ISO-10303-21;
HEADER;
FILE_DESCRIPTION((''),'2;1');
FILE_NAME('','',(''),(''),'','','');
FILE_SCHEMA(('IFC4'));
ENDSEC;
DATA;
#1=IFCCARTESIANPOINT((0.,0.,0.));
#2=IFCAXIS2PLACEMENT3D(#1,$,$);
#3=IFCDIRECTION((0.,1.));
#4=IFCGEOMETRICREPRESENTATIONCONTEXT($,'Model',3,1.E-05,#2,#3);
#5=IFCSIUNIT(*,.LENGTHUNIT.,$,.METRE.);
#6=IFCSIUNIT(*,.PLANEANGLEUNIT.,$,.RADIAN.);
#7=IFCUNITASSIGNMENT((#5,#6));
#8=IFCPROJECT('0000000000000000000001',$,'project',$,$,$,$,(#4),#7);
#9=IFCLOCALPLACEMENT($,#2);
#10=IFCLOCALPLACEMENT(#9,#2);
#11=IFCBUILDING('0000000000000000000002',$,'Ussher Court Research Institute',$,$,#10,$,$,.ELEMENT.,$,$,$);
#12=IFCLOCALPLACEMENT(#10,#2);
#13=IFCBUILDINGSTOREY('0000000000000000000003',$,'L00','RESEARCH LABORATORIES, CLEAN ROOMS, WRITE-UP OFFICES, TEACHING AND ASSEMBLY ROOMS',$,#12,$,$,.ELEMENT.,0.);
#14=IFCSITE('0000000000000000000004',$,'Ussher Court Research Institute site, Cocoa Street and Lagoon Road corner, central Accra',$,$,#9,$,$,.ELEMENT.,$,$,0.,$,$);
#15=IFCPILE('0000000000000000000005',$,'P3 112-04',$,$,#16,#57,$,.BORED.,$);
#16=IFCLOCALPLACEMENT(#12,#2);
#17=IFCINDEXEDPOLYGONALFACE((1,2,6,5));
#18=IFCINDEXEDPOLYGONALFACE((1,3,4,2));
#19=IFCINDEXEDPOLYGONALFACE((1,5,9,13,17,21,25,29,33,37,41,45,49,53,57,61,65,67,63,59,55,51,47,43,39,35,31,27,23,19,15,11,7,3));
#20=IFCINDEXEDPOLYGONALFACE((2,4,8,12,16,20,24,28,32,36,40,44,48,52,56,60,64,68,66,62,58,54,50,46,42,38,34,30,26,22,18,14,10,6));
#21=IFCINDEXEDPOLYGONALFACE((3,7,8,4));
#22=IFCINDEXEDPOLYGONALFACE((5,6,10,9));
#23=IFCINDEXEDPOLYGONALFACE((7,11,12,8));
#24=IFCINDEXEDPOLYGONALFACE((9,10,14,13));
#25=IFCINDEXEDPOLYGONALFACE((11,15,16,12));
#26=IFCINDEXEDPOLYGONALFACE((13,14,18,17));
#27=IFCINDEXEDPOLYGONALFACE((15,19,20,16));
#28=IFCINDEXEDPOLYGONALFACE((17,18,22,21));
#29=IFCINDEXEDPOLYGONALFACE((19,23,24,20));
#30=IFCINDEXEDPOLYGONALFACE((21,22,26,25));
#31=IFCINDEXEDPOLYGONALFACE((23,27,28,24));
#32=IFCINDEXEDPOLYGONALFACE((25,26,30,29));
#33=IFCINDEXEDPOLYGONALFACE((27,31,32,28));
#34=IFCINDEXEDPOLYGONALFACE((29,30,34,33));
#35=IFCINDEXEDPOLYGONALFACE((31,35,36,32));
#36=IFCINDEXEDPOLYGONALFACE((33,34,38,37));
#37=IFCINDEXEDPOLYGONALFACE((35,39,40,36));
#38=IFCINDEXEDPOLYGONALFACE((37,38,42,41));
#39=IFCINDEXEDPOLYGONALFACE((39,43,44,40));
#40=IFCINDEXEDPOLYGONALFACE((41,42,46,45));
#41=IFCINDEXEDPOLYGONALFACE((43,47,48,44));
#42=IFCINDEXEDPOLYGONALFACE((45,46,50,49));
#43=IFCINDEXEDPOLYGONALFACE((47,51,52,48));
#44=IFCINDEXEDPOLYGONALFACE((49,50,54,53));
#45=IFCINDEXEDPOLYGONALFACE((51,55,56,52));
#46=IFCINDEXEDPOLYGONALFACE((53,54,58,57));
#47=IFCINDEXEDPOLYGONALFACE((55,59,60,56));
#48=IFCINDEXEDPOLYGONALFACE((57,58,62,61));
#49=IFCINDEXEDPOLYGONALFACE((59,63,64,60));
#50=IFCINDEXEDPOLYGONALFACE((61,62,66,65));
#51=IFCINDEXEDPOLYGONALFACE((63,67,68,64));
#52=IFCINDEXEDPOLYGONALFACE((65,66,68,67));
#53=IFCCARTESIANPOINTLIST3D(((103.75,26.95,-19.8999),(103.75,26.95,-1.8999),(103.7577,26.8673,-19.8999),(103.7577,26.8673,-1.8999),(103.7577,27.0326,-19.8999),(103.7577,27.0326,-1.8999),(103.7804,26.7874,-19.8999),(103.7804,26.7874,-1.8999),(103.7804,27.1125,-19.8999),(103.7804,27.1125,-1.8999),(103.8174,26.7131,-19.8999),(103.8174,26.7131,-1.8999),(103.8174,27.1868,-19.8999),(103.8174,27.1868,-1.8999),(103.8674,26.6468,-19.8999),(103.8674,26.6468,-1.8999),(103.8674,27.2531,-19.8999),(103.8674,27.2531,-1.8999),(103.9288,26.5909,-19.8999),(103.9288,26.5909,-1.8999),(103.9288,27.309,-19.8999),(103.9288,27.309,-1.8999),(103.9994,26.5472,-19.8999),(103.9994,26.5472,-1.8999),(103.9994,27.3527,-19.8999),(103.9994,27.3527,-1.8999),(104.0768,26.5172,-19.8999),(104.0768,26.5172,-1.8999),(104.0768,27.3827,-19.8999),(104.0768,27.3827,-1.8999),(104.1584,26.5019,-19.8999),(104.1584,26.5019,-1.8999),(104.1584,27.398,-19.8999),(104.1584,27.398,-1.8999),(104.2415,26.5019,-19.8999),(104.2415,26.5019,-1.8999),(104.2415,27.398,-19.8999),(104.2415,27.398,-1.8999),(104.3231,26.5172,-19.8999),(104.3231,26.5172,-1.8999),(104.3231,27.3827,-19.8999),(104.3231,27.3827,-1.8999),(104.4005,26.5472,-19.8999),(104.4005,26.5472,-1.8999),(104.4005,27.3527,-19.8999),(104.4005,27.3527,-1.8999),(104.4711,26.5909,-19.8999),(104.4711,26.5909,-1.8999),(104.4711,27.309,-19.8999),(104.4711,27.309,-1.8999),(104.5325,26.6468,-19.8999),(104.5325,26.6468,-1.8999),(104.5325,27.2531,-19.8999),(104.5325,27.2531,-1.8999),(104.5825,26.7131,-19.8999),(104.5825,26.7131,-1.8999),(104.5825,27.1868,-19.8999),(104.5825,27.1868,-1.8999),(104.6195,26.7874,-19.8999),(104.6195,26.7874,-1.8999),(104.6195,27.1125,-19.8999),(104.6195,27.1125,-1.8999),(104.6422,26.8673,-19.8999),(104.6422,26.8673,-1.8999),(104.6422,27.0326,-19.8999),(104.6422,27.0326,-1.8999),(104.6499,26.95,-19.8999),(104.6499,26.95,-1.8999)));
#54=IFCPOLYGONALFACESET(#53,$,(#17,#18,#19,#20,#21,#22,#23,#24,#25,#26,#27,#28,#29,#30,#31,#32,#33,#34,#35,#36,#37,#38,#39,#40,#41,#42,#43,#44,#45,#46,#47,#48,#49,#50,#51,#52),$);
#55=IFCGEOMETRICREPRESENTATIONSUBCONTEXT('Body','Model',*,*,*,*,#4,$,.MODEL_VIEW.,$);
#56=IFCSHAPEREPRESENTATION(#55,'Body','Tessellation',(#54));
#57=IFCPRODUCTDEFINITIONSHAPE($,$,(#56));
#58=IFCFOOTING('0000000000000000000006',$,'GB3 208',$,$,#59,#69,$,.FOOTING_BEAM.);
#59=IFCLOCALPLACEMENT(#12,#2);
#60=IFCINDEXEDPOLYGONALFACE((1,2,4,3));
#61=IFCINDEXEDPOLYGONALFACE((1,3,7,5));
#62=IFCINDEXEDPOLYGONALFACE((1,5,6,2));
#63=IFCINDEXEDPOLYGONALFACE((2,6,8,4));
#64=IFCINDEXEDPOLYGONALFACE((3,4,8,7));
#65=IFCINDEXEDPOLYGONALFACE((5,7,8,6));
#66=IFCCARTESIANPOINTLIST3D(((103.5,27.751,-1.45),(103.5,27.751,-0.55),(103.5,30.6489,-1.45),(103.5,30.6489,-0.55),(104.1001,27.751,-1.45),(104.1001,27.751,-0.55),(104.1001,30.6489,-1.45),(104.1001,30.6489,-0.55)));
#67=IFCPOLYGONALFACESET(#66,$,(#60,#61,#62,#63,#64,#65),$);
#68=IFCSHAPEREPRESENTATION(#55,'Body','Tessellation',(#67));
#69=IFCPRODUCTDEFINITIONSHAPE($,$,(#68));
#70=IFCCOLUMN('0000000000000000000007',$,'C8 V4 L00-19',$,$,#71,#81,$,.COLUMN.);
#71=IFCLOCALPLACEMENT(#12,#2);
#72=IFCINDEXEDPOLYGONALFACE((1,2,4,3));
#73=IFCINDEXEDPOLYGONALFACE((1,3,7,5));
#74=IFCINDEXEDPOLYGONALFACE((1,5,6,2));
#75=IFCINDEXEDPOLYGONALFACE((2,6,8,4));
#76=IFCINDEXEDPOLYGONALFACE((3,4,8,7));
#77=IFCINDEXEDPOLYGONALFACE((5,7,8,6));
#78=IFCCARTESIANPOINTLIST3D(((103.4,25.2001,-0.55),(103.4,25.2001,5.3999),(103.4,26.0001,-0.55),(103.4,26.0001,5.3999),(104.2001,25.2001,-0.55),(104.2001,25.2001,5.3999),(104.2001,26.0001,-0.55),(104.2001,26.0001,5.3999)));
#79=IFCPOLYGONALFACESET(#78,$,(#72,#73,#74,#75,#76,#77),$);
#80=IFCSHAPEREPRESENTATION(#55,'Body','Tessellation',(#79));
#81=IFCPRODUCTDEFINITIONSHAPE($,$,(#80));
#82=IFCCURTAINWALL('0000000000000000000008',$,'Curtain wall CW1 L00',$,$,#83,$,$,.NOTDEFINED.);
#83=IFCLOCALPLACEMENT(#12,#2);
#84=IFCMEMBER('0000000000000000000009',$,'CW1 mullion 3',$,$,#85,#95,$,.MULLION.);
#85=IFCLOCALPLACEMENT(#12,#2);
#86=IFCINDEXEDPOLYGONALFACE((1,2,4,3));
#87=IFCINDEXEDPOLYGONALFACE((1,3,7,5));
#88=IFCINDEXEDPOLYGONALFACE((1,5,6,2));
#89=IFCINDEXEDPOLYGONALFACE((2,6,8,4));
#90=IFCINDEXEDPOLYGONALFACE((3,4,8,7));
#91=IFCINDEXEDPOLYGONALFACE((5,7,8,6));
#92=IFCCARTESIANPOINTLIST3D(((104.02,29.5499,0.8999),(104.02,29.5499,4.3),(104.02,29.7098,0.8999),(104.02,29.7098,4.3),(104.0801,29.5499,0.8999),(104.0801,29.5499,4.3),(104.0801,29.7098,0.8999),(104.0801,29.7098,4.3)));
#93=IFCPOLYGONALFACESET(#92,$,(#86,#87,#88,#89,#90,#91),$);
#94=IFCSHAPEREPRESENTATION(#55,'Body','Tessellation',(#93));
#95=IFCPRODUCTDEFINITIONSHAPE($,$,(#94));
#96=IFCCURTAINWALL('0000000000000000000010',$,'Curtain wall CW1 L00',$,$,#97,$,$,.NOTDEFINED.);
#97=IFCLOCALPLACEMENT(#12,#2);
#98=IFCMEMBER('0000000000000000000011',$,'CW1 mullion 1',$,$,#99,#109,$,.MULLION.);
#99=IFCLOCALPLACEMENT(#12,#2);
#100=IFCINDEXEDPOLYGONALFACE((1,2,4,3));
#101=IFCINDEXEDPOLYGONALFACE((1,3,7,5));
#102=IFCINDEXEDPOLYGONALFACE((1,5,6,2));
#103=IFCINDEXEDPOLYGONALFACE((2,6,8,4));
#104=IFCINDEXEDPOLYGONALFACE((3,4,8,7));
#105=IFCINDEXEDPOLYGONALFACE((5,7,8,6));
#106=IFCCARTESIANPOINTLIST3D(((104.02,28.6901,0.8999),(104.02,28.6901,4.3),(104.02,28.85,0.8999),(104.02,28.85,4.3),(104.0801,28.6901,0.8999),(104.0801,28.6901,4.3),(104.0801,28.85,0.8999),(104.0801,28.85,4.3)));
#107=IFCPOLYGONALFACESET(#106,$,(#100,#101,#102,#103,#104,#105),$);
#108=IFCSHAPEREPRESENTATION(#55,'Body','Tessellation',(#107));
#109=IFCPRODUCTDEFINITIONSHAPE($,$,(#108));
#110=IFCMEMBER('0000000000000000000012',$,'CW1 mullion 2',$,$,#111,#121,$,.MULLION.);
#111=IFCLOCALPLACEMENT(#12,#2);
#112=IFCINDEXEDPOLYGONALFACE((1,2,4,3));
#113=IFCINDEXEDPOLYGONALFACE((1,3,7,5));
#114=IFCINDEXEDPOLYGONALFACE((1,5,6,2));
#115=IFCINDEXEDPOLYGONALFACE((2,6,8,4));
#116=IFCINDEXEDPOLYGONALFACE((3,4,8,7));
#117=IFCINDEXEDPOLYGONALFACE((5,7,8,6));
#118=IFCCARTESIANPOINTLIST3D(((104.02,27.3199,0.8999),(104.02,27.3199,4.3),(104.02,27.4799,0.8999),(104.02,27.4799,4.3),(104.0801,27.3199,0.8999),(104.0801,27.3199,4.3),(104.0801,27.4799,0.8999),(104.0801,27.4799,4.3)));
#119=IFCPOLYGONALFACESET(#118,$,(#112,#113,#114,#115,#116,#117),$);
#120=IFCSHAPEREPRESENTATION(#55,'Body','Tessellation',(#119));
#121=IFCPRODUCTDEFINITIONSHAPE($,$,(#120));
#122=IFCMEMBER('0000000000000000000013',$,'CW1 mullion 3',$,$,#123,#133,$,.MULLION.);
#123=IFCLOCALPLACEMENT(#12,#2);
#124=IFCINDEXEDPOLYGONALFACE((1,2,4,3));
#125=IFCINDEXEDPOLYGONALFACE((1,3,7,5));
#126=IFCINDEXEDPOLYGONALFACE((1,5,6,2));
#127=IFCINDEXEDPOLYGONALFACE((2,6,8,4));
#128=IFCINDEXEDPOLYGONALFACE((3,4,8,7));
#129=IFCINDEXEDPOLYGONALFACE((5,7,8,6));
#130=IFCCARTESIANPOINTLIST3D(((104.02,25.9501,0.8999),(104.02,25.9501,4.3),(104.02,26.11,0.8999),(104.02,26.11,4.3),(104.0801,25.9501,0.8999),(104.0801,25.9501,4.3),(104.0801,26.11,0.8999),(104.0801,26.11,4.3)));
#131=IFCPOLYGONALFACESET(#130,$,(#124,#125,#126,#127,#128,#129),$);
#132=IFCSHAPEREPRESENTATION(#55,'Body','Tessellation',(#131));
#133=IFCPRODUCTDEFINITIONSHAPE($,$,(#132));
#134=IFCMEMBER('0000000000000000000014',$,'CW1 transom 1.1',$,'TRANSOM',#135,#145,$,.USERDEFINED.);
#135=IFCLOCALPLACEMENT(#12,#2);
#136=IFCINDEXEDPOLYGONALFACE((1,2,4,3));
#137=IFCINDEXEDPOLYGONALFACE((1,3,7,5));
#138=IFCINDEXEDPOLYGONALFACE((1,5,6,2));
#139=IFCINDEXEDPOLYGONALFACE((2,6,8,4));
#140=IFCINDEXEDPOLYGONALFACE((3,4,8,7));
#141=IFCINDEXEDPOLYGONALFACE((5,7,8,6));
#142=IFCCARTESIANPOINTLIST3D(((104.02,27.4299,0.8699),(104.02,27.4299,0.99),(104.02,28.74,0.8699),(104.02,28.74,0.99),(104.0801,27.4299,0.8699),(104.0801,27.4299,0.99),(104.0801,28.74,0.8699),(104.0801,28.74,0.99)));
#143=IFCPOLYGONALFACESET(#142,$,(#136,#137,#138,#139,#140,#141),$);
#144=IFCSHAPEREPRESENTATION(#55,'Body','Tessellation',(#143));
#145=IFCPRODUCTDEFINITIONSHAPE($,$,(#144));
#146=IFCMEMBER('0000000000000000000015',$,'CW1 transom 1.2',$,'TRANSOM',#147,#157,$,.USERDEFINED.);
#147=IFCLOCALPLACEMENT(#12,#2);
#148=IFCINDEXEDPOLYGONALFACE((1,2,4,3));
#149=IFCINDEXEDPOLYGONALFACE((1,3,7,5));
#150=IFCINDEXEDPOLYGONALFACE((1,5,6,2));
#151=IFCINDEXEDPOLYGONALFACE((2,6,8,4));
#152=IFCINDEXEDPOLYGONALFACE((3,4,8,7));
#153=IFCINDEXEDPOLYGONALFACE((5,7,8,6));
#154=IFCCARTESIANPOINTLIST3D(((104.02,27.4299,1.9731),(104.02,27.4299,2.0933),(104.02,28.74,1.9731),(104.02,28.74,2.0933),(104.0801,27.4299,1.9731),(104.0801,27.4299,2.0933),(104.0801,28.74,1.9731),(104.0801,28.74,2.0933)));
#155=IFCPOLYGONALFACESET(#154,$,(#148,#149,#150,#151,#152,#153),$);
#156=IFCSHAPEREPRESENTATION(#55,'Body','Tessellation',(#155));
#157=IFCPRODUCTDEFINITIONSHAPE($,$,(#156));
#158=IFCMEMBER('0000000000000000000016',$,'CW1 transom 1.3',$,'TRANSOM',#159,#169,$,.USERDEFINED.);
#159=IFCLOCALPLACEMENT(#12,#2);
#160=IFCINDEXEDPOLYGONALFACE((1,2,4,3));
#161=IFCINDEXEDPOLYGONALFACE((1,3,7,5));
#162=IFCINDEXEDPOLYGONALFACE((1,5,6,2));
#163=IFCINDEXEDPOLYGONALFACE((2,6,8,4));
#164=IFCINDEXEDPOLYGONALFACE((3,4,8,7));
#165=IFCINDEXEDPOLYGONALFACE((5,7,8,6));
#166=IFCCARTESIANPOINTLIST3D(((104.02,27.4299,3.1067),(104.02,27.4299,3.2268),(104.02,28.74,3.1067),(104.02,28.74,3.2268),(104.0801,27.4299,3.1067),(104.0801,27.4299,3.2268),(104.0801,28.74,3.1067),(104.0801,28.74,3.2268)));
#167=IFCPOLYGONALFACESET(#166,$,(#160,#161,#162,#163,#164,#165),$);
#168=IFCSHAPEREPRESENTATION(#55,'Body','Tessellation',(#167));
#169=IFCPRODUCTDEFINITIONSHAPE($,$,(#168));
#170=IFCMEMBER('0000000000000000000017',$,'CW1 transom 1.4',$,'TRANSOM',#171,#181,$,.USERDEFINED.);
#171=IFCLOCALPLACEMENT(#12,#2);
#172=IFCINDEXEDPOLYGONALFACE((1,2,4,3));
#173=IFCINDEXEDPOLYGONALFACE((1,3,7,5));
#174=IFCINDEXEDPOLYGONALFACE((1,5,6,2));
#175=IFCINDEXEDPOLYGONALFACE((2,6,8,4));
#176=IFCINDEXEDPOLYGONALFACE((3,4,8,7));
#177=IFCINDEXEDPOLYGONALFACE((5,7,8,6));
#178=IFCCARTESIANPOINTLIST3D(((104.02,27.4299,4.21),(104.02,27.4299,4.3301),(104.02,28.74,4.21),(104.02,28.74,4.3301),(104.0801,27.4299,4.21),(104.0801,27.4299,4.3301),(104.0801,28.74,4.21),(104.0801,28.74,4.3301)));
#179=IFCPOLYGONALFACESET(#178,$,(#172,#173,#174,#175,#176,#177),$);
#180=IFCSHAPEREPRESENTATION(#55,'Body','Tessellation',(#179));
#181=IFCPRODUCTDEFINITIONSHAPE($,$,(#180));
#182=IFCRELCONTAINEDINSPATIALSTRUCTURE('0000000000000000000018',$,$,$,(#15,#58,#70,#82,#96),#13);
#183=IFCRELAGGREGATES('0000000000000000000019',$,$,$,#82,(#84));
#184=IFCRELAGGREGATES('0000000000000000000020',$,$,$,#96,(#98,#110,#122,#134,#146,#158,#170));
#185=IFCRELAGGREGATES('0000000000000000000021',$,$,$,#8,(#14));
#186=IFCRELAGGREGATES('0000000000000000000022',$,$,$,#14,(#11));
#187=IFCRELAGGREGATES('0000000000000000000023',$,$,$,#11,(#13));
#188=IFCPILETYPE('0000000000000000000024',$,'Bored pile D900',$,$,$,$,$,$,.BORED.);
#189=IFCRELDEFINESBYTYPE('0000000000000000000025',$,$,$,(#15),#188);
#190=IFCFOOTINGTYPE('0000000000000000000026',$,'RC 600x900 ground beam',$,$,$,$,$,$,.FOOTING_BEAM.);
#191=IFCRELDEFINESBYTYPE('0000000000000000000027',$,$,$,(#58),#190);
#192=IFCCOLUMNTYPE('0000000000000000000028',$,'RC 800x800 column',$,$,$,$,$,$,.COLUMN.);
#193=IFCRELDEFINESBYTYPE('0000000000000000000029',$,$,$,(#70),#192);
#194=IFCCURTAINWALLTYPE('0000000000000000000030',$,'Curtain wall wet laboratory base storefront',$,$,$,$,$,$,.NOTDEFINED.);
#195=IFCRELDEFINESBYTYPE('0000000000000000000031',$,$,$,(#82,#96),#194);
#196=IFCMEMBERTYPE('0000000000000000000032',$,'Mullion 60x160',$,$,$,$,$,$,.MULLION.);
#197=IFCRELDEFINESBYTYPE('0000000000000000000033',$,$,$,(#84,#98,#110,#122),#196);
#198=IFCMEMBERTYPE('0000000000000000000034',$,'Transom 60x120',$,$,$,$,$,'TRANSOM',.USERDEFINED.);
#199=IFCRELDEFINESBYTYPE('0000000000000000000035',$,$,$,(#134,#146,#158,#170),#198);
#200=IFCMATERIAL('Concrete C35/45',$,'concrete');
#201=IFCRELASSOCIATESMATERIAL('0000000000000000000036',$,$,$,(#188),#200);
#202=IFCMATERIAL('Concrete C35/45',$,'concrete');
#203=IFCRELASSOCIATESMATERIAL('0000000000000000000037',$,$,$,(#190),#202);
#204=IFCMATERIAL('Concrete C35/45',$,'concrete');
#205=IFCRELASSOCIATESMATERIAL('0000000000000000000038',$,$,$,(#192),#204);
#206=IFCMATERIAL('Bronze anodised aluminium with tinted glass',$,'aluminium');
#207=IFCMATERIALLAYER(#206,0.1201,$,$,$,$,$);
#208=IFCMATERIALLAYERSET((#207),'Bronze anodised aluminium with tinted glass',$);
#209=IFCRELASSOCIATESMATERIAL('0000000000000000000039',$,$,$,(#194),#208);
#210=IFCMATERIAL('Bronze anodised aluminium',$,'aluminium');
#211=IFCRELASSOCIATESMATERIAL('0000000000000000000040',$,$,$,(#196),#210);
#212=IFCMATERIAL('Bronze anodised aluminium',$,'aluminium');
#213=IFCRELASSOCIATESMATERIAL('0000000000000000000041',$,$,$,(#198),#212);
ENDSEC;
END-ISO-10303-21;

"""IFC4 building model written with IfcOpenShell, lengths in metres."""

from ifc_helpers import new_model, si_unit, direction, frame, origin, origin_2d, place, context, subcontext, project, spatial, rectangle, circle, extrude, material, layer, layer_set, material_profile, profile_set, type_object, element, aggregate, save


model = new_model("IFC4")

# Units and contexts
model_context = context("Model", 3, precision=1e-05, world=origin(), true_north=direction((0.0, 1.0)))
body_context = subcontext(model_context, "Body", "Model", "MODEL_VIEW")
ifc_project = project(units=[si_unit("LENGTHUNIT", "METRE"), si_unit("PLANEANGLEUNIT", "RADIAN")], contexts=[model_context])

# Site, building, storey
site_placement = place(None, origin())
site = spatial("IfcSite", under=ifc_project, at=site_placement, Name="Ussher Court Research Institute site, Cocoa Street and Lagoon Road corner, central Accra", CompositionType="ELEMENT", RefElevation=0.0)
building_placement = place(site_placement, origin())
building = spatial("IfcBuilding", under=site, at=building_placement, Name="Ussher Court Research Institute", CompositionType="ELEMENT")
storey_placement = place(building_placement, origin())
storey = spatial("IfcBuildingStorey", under=building, at=storey_placement, Name="L00", Description="RESEARCH LABORATORIES, CLEAN ROOMS, WRITE-UP OFFICES, TEACHING AND ASSEMBLY ROOMS", CompositionType="ELEMENT", Elevation=0.0)

# Pile
ifc_material_1 = material(Name="Concrete C35/45", Category="concrete")
ifc_material_profile_1 = material_profile(ifc_material_1, circle(Radius=0.45, at=origin_2d()), Name="RC D900")
ifc_profile_set_1 = profile_set([ifc_material_profile_1], Name="Concrete C35/45")
pile_type = type_object("IfcPileType", Name="Bored pile D900", PredefinedType="BORED", material=ifc_profile_set_1)
pile_placement = place(storey_placement, frame((104.2, 26.95, -1.8999), z_axis=(0.0, 0.0, -1.0), x_axis=(1.0, 0.0, 0.0)))
element("IfcPile", 1, at=pile_placement, inside=storey, type_object=pile_type, Name="P3 112-04", PredefinedType="BORED", context=body_context, shape_type="SweptSolid", body=[
    extrude(circle(Radius=0.45, at=origin_2d()), origin(), (0.0, 0.0, 1.0), 18.0),
])

# Footing
ifc_material_2 = material(Name="Concrete C35/45", Category="concrete")
ifc_material_profile_2 = material_profile(ifc_material_2, rectangle(XDim=0.6001, YDim=0.8999, at=origin_2d()), Name="RC 600x900")
ifc_profile_set_2 = profile_set([ifc_material_profile_2], Name="Concrete C35/45")
footing_type = type_object("IfcFootingType", Name="RC 600x900 ground beam", PredefinedType="FOOTING_BEAM", material=ifc_profile_set_2)
footing_placement = place(storey_placement, frame((103.8, 27.751, -1.0), z_axis=(0.0, 1.0, 0.0), x_axis=(-1.0, 0.0, 0.0)))
element("IfcFooting", 2, at=footing_placement, inside=storey, type_object=footing_type, Name="GB3 208", PredefinedType="FOOTING_BEAM", context=body_context, shape_type="SweptSolid", body=[
    extrude(rectangle(XDim=0.6001, YDim=0.8999, at=origin_2d()), origin(), (0.0, 0.0, 1.0), 2.8979),
])

# Column
ifc_material_3 = material(Name="Concrete C35/45", Category="concrete")
ifc_material_profile_3 = material_profile(ifc_material_3, rectangle(XDim=0.8, YDim=0.8, at=origin_2d()), Name="RC 800x800")
ifc_profile_set_3 = profile_set([ifc_material_profile_3], Name="Concrete C35/45")
column_type = type_object("IfcColumnType", Name="RC 800x800 column", PredefinedType="COLUMN", material=ifc_profile_set_3)
column_placement = place(storey_placement, frame((103.8, 25.6001, -0.55), z_axis=(0.0, 0.0, 1.0), x_axis=(1.0, 0.0, 0.0)))
element("IfcColumn", 3, at=column_placement, inside=storey, type_object=column_type, Name="C8 V4 L00-19", PredefinedType="COLUMN", context=body_context, shape_type="SweptSolid", body=[
    extrude(rectangle(XDim=0.8, YDim=0.8, at=origin_2d()), origin(), (0.0, 0.0, 1.0), 5.95),
])

# Curtain wall, member
ifc_material_4 = material(Name="Bronze anodised aluminium with tinted glass", Category="aluminium")
ifc_layer_1 = layer(ifc_material_4, 0.1201)
ifc_layer_set_1 = layer_set([ifc_layer_1], Name="Bronze anodised aluminium with tinted glass")
curtain_wall_type = type_object("IfcCurtainWallType", Name="Curtain wall wet laboratory base storefront", PredefinedType="NOTDEFINED", material=ifc_layer_set_1)
curtain_wall_1_placement = place(storey_placement, origin())
curtain_wall_1 = element("IfcCurtainWall", 4, at=curtain_wall_1_placement, inside=storey, type_object=curtain_wall_type, Name="Curtain wall CW1 L00", PredefinedType="NOTDEFINED")
ifc_material_5 = material(Name="Bronze anodised aluminium", Category="aluminium")
ifc_material_profile_4 = material_profile(ifc_material_5, rectangle(XDim=0.0601, YDim=0.1599, at=origin_2d()), Name="Mullion 60x160")
ifc_profile_set_4 = profile_set([ifc_material_profile_4], Name="Bronze anodised aluminium")
member_type_1 = type_object("IfcMemberType", Name="Mullion 60x160", PredefinedType="MULLION", material=ifc_profile_set_4)
member_1_placement = place(storey_placement, frame((104.05, 29.6299, 0.8999), z_axis=(0.0, 0.0, 1.0), x_axis=(1.0, 0.0, 0.0)))
member_1 = element("IfcMember", 5, at=member_1_placement, type_object=member_type_1, Name="CW1 mullion 3", PredefinedType="MULLION", context=body_context, shape_type="SweptSolid", body=[
    extrude(rectangle(XDim=0.0601, YDim=0.1599, at=origin_2d()), origin(), (0.0, 0.0, 1.0), 3.4001),
])
aggregate(curtain_wall_1, [member_1])

# Curtain wall, members
curtain_wall_2_placement = place(storey_placement, origin())
curtain_wall_2 = element("IfcCurtainWall", 6, at=curtain_wall_2_placement, inside=storey, type_object=curtain_wall_type, Name="Curtain wall CW1 L00", PredefinedType="NOTDEFINED")
member_2_placement = place(storey_placement, frame((104.05, 28.77, 0.8999), z_axis=(0.0, 0.0, 1.0), x_axis=(1.0, 0.0, 0.0)))
member_2 = element("IfcMember", 7, at=member_2_placement, type_object=member_type_1, Name="CW1 mullion 1", PredefinedType="MULLION", context=body_context, shape_type="SweptSolid", body=[
    extrude(rectangle(XDim=0.0601, YDim=0.1599, at=origin_2d()), origin(), (0.0, 0.0, 1.0), 3.4001),
])
member_3_placement = place(storey_placement, frame((104.05, 27.3999, 0.8999), z_axis=(0.0, 0.0, 1.0), x_axis=(1.0, 0.0, 0.0)))
member_3 = element("IfcMember", 8, at=member_3_placement, type_object=member_type_1, Name="CW1 mullion 2", PredefinedType="MULLION", context=body_context, shape_type="SweptSolid", body=[
    extrude(rectangle(XDim=0.0601, YDim=0.1599, at=origin_2d()), origin(), (0.0, 0.0, 1.0), 3.4001),
])
member_4_placement = place(storey_placement, frame((104.05, 26.03, 0.8999), z_axis=(0.0, 0.0, 1.0), x_axis=(1.0, 0.0, 0.0)))
member_4 = element("IfcMember", 9, at=member_4_placement, type_object=member_type_1, Name="CW1 mullion 3", PredefinedType="MULLION", context=body_context, shape_type="SweptSolid", body=[
    extrude(rectangle(XDim=0.0601, YDim=0.1599, at=origin_2d()), origin(), (0.0, 0.0, 1.0), 3.4001),
])
ifc_material_6 = material(Name="Bronze anodised aluminium", Category="aluminium")
ifc_material_profile_5 = material_profile(ifc_material_6, rectangle(XDim=0.0601, YDim=0.1201, at=origin_2d()), Name="Transom 60x120")
ifc_profile_set_5 = profile_set([ifc_material_profile_5], Name="Bronze anodised aluminium")
member_type_2 = type_object("IfcMemberType", Name="Transom 60x120", ElementType="TRANSOM", PredefinedType="USERDEFINED", material=ifc_profile_set_5)
member_5_placement = place(storey_placement, frame((104.05, 28.74, 0.9299), z_axis=(0.0, -1.0, 0.0), x_axis=(1.0, 0.0, 0.0)))
member_5 = element("IfcMember", 10, at=member_5_placement, type_object=member_type_2, Name="CW1 transom 1.1", ObjectType="TRANSOM", PredefinedType="USERDEFINED", context=body_context, shape_type="SweptSolid", body=[
    extrude(rectangle(XDim=0.0601, YDim=0.1201, at=origin_2d()), origin(), (0.0, 0.0, 1.0), 1.3101),
])
member_6_placement = place(storey_placement, frame((104.05, 28.74, 2.0332), z_axis=(0.0, -1.0, 0.0), x_axis=(1.0, 0.0, 0.0)))
member_6 = element("IfcMember", 11, at=member_6_placement, type_object=member_type_2, Name="CW1 transom 1.2", ObjectType="TRANSOM", PredefinedType="USERDEFINED", context=body_context, shape_type="SweptSolid", body=[
    extrude(rectangle(XDim=0.0601, YDim=0.1201, at=origin_2d()), origin(), (0.0, 0.0, 1.0), 1.3101),
])
member_7_placement = place(storey_placement, frame((104.05, 28.74, 3.1667), z_axis=(0.0, -1.0, 0.0), x_axis=(1.0, 0.0, 0.0)))
member_7 = element("IfcMember", 12, at=member_7_placement, type_object=member_type_2, Name="CW1 transom 1.3", ObjectType="TRANSOM", PredefinedType="USERDEFINED", context=body_context, shape_type="SweptSolid", body=[
    extrude(rectangle(XDim=0.0601, YDim=0.1201, at=origin_2d()), origin(), (0.0, 0.0, 1.0), 1.3101),
])
member_8_placement = place(storey_placement, frame((104.05, 28.74, 4.27), z_axis=(0.0, -1.0, 0.0), x_axis=(1.0, 0.0, 0.0)))
member_8 = element("IfcMember", 13, at=member_8_placement, type_object=member_type_2, Name="CW1 transom 1.4", ObjectType="TRANSOM", PredefinedType="USERDEFINED", context=body_context, shape_type="SweptSolid", body=[
    extrude(rectangle(XDim=0.0601, YDim=0.1201, at=origin_2d()), origin(), (0.0, 0.0, 1.0), 1.3101),
])
aggregate(curtain_wall_2, [member_2, member_3, member_4, member_5, member_6, member_7, member_8])

save(model, "model.ifc")
